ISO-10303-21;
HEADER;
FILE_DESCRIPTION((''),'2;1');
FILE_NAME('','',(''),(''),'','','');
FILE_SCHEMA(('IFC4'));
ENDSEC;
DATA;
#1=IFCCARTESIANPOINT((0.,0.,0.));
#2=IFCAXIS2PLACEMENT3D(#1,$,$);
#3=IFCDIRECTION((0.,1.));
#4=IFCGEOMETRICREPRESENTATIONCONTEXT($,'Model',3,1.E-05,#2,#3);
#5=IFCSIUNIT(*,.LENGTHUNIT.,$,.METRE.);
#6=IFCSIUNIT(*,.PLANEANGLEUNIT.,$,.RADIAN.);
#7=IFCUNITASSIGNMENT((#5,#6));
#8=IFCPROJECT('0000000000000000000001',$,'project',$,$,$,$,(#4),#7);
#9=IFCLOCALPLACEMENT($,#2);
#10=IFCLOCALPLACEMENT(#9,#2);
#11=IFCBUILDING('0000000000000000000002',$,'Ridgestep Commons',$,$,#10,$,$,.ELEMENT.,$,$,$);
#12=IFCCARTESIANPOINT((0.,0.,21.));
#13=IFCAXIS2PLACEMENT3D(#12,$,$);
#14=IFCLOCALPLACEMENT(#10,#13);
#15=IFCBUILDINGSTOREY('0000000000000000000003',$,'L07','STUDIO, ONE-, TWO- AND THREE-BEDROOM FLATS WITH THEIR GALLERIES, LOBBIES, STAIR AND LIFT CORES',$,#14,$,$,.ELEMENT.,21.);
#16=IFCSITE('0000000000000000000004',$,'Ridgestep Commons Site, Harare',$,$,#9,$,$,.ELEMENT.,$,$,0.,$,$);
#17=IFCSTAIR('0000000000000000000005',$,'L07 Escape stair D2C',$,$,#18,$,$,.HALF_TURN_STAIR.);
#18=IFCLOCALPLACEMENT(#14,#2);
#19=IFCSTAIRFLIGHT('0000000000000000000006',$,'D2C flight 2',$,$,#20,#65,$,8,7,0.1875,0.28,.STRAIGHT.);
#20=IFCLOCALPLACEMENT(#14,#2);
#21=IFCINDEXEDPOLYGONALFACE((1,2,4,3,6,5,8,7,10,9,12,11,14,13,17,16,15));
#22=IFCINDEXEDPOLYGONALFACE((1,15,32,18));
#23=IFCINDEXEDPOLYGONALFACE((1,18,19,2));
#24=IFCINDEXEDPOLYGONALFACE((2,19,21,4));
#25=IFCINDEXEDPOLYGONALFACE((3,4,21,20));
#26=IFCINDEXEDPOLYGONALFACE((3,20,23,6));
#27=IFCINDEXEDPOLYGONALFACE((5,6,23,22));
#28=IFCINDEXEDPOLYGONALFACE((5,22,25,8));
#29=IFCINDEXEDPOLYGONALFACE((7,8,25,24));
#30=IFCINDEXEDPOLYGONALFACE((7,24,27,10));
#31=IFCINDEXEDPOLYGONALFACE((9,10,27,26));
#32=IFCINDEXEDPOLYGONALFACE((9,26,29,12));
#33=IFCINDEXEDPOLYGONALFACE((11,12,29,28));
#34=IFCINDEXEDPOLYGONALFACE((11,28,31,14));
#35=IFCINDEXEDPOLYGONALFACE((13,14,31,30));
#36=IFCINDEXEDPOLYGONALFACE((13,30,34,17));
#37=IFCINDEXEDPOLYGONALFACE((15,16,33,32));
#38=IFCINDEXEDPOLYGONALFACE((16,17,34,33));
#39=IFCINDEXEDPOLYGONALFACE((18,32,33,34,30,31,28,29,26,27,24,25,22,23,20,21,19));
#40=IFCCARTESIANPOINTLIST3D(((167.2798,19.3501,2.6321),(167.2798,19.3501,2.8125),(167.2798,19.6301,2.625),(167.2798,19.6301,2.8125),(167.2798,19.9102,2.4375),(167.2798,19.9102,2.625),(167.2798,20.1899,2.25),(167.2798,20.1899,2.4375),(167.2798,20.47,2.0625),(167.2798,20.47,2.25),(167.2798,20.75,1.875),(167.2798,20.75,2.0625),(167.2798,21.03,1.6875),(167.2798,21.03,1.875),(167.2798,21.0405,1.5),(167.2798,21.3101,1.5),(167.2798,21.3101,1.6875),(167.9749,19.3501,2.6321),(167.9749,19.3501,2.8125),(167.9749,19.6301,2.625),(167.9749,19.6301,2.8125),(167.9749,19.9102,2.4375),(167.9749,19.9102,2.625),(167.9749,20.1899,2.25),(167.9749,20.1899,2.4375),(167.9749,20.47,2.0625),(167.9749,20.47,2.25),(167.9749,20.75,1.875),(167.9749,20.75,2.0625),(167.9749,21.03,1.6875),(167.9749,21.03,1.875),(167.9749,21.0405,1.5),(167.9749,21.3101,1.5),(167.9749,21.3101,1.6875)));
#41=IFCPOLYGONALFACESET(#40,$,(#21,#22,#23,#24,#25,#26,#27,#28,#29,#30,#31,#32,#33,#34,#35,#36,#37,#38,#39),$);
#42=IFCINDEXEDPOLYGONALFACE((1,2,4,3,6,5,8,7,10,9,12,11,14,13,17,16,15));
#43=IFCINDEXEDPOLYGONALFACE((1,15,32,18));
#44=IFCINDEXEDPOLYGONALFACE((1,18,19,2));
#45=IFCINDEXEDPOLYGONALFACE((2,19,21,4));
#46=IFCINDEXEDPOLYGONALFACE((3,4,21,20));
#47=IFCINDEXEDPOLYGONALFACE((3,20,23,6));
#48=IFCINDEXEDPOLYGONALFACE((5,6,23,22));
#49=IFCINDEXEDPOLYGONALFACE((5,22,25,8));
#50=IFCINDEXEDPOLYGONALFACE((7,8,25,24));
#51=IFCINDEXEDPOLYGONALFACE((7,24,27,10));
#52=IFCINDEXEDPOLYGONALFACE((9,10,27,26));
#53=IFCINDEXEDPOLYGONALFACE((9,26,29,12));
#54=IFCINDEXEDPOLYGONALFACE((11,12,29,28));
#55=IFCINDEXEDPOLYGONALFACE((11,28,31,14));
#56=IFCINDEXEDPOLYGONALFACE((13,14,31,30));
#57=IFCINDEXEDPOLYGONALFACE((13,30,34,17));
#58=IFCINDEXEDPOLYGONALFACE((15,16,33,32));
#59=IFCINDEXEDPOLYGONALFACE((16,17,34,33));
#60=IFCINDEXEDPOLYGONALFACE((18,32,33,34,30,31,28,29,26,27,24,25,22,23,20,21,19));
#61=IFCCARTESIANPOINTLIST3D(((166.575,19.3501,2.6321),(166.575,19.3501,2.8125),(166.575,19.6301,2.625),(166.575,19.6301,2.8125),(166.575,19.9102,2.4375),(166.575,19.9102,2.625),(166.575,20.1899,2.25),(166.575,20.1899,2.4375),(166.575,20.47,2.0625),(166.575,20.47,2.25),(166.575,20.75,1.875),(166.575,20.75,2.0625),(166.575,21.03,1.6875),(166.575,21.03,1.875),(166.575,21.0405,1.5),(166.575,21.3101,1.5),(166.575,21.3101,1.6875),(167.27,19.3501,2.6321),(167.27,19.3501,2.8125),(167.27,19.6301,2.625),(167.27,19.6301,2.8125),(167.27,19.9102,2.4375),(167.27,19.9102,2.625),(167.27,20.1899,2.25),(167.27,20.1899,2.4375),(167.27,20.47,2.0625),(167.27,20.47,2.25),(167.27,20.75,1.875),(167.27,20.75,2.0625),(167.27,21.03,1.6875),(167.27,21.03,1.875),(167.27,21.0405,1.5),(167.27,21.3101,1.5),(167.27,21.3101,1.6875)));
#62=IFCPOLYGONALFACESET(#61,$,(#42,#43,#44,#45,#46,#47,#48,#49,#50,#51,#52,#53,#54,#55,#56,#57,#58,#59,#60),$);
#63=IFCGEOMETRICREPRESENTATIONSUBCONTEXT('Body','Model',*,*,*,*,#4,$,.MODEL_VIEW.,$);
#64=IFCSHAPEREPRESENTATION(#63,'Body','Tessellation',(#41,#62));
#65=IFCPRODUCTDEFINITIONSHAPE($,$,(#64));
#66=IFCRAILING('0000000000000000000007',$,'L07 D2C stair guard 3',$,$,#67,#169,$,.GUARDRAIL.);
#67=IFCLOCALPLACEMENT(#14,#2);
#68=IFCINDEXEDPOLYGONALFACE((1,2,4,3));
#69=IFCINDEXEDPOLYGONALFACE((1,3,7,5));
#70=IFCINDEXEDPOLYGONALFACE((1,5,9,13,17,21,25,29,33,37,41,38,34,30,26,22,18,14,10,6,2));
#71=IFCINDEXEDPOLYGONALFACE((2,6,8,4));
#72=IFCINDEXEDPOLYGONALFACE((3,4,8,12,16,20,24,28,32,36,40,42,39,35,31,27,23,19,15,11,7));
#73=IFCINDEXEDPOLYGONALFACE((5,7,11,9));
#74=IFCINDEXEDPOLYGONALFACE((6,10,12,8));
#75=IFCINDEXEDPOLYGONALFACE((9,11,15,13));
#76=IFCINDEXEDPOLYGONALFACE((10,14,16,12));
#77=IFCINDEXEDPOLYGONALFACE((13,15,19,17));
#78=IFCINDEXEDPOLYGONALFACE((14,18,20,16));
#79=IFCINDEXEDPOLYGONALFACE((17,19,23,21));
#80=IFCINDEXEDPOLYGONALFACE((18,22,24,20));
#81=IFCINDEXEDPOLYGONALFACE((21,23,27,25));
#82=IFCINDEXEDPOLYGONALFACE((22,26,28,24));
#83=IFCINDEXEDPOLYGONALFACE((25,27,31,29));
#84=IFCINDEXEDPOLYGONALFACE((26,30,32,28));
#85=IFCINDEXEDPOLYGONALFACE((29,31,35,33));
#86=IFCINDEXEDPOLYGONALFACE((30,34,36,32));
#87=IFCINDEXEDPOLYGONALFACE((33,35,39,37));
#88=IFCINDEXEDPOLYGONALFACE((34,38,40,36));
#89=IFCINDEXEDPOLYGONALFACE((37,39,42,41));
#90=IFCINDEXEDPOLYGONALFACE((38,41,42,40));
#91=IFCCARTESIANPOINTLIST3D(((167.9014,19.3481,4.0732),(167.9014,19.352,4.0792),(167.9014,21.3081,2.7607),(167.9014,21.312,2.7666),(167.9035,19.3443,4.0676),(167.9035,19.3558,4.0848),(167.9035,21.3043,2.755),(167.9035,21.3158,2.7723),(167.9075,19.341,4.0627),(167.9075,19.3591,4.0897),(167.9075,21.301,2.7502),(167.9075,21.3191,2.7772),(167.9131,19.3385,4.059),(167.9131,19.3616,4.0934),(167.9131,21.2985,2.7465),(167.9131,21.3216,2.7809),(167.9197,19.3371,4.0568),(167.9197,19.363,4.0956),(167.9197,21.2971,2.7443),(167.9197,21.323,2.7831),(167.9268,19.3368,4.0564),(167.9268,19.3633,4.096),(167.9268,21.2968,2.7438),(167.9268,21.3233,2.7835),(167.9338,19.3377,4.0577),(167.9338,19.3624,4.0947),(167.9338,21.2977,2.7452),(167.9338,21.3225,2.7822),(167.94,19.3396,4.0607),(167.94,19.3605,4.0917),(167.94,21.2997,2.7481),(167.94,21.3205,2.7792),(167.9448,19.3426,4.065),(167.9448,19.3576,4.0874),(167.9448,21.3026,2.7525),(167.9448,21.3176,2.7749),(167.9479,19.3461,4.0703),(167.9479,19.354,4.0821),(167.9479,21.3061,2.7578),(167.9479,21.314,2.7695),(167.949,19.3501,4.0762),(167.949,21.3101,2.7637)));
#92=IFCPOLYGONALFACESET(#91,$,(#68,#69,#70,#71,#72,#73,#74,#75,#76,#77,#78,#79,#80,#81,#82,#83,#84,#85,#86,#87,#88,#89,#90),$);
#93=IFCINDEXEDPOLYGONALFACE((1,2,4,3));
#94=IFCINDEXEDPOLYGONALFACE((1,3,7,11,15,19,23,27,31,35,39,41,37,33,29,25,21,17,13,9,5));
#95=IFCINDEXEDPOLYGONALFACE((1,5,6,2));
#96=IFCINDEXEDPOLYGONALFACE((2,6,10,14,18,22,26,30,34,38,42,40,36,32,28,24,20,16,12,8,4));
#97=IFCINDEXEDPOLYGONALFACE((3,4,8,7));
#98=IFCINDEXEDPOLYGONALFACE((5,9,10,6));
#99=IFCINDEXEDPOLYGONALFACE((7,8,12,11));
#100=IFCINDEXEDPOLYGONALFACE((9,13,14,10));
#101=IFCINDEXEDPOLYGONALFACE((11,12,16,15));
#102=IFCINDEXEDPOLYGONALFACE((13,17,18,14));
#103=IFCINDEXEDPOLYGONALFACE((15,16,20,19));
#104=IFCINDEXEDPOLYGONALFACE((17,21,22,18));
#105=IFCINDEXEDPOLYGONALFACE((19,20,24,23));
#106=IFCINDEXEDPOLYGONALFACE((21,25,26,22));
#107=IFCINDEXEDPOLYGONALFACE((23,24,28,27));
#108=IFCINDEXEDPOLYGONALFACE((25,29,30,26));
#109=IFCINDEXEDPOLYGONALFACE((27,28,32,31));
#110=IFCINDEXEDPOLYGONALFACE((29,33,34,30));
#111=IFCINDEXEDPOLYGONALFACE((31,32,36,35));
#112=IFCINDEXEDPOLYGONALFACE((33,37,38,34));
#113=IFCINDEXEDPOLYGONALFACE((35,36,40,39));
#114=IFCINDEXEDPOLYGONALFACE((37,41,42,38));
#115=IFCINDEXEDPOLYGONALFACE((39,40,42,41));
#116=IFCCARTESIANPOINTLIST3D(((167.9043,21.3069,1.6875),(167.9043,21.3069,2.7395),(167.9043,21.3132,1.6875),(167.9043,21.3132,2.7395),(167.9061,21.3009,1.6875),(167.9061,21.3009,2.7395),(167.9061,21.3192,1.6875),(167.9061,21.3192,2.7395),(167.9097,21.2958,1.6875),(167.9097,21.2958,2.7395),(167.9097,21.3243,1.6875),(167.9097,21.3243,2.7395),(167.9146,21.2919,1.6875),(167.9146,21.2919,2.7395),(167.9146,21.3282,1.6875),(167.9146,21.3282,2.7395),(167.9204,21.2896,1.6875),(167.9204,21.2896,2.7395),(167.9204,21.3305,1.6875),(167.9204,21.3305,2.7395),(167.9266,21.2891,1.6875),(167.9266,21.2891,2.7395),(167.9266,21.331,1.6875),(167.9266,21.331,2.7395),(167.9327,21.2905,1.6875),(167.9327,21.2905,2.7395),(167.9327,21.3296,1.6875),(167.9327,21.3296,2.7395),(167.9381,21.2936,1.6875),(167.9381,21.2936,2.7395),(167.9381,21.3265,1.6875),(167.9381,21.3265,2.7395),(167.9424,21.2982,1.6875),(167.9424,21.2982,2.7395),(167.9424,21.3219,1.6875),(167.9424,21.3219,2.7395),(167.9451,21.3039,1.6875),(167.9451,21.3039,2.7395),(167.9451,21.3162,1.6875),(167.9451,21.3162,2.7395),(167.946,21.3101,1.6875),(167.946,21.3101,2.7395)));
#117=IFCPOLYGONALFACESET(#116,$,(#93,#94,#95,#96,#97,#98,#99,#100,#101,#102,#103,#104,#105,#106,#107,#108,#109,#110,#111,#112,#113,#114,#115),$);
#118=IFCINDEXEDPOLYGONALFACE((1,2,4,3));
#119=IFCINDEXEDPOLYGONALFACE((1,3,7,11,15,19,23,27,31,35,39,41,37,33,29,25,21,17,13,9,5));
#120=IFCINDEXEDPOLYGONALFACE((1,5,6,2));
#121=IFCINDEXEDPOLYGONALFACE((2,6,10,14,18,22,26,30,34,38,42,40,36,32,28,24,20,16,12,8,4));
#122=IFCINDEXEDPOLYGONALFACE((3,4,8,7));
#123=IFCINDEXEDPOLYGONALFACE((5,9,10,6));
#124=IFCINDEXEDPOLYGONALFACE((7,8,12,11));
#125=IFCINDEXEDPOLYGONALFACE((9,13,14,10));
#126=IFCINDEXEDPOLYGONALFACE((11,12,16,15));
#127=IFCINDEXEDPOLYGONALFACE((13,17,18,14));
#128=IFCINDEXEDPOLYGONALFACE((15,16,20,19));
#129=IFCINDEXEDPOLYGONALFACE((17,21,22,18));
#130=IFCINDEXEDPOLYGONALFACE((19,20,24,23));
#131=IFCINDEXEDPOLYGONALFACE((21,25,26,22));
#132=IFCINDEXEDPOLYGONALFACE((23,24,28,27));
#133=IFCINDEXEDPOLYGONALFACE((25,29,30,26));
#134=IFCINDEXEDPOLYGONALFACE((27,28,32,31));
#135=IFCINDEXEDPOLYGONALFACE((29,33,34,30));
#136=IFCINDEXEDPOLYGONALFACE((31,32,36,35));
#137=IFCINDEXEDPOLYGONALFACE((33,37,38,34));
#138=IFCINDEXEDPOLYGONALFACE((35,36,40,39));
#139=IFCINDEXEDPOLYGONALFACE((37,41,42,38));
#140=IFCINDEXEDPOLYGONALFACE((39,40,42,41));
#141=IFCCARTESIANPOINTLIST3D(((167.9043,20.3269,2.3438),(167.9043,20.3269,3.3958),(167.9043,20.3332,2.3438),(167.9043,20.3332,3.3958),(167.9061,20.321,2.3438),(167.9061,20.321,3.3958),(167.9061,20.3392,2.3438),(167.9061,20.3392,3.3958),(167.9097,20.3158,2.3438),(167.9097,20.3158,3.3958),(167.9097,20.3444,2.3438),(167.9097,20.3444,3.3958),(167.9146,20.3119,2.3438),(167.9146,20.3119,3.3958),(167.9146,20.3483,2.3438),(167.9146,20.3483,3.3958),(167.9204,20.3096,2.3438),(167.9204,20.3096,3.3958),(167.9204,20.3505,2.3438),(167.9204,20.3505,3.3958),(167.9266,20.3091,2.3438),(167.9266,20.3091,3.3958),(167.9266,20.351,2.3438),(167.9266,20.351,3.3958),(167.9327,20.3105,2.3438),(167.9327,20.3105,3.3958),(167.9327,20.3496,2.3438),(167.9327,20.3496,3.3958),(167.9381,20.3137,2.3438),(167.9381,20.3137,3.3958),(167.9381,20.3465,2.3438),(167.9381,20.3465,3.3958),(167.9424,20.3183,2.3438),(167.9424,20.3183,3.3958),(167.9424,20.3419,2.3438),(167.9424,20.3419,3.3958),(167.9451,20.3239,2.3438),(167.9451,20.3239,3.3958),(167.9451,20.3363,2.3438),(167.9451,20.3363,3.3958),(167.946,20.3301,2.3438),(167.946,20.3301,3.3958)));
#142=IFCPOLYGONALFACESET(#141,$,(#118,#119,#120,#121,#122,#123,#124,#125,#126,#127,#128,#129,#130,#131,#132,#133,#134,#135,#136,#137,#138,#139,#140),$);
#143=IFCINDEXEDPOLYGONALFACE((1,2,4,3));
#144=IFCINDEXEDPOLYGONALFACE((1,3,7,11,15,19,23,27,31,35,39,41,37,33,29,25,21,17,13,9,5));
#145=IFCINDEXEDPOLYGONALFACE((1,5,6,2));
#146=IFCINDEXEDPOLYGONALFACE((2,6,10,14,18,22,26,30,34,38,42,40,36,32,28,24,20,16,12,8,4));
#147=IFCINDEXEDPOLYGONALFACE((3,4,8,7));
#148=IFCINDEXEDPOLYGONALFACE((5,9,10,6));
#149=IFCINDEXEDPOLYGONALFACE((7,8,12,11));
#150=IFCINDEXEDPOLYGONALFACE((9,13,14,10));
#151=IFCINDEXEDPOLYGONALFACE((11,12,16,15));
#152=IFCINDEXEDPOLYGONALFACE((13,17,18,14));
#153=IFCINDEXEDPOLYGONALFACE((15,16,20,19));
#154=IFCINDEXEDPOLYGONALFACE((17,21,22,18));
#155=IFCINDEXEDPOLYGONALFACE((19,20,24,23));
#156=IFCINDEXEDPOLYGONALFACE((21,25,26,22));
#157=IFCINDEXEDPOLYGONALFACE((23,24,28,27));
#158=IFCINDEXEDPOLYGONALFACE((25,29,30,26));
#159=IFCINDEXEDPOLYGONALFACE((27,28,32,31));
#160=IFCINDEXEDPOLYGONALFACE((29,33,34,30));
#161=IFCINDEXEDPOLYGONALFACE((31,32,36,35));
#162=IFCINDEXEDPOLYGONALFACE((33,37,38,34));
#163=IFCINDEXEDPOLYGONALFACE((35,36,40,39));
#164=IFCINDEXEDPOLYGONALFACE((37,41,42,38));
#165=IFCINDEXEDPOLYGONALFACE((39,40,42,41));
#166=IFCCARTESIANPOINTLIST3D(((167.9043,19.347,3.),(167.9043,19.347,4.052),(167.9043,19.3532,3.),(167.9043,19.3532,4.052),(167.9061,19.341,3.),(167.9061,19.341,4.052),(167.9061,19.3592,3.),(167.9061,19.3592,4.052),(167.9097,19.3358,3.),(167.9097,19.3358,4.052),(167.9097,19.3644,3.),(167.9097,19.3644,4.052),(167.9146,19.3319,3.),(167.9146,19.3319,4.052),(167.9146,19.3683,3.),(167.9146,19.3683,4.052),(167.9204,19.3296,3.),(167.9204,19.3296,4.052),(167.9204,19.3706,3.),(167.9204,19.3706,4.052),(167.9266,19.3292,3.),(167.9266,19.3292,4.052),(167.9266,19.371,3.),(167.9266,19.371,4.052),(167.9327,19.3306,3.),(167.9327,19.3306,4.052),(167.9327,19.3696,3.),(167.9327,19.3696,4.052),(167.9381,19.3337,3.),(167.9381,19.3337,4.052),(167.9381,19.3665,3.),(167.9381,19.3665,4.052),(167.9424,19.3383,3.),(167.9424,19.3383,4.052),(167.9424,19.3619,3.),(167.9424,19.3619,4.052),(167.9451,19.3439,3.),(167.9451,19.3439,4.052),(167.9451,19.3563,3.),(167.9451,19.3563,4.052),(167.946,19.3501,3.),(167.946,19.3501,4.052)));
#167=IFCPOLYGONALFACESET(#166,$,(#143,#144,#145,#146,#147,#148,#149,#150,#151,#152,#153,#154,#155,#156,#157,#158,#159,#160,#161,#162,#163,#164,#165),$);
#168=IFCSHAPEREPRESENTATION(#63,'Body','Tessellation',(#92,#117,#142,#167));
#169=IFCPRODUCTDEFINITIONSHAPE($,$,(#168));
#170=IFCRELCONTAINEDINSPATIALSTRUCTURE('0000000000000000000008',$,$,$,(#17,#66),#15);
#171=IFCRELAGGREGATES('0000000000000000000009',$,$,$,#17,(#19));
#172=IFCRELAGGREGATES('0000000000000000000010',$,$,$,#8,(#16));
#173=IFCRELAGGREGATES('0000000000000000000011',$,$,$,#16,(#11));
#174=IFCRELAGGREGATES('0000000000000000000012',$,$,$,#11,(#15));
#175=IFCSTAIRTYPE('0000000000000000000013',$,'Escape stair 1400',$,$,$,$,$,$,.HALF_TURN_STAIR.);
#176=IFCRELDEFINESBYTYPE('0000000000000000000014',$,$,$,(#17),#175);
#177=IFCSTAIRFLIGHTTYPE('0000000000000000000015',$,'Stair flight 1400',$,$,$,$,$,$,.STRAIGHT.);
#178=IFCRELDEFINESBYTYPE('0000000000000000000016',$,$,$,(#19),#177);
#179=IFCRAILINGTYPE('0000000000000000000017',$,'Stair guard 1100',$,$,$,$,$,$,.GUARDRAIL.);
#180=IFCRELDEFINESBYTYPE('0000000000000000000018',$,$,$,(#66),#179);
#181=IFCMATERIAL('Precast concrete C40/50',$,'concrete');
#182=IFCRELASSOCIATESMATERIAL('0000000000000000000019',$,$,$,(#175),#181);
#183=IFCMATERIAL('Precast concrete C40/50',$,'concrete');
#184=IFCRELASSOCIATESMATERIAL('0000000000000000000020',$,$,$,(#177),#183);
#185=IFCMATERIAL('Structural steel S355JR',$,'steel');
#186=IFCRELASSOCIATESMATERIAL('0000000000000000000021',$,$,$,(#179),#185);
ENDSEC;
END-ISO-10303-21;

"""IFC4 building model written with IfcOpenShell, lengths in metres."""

from ifc_helpers import new_model, si_unit, direction, frame, origin, origin_2d, place, context, subcontext, project, spatial, polyline, circle, outline, extrude, material, type_object, element, aggregate, save


model = new_model("IFC4")

# Units and contexts
model_context = context("Model", 3, precision=1e-05, world=origin(), true_north=direction((0.0, 1.0)))
body_context = subcontext(model_context, "Body", "Model", "MODEL_VIEW")
ifc_project = project(units=[si_unit("LENGTHUNIT", "METRE"), si_unit("PLANEANGLEUNIT", "RADIAN")], contexts=[model_context])

# Site, building, storey
site_placement = place(None, origin())
site = spatial("IfcSite", under=ifc_project, at=site_placement, Name="Ridgestep Commons Site, Harare", CompositionType="ELEMENT", RefElevation=0.0)
building_placement = place(site_placement, origin())
building = spatial("IfcBuilding", under=site, at=building_placement, Name="Ridgestep Commons", CompositionType="ELEMENT")
storey_placement = place(building_placement, frame((0.0, 0.0, 21.0)))
storey = spatial("IfcBuildingStorey", under=building, at=storey_placement, Name="L07", Description="STUDIO, ONE-, TWO- AND THREE-BEDROOM FLATS WITH THEIR GALLERIES, LOBBIES, STAIR AND LIFT CORES", CompositionType="ELEMENT", Elevation=21.0)

# Stair, stair flight
ifc_material_1 = material(Name="Precast concrete C40/50", Category="concrete")
stair_type = type_object("IfcStairType", Name="Escape stair 1400", PredefinedType="HALF_TURN_STAIR", material=ifc_material_1)
stair_placement = place(storey_placement, origin())
stair = element("IfcStair", 1, at=stair_placement, inside=storey, type_object=stair_type, Name="L07 Escape stair D2C", PredefinedType="HALF_TURN_STAIR")
ifc_material_2 = material(Name="Precast concrete C40/50", Category="concrete")
stair_flight_type = type_object("IfcStairFlightType", Name="Stair flight 1400", PredefinedType="STRAIGHT", material=ifc_material_2)
stair_flight_placement = place(storey_placement, frame((167.2749, 21.3101, 1.5), z_axis=(0.0, 0.0, 1.0), x_axis=(0.0, -1.0, 0.0)))
stair_flight = element("IfcStairFlight", 2, at=stair_flight_placement, type_object=stair_flight_type, Name="D2C flight 2", NumberOfRisers=8, NumberOfTreads=7, PredefinedType="STRAIGHT", RiserHeight=0.1875, TreadLength=0.28, context=body_context, shape_type="SweptSolid", body=[
    extrude(outline(polyline([(0.0, 0.0), (0.0, 0.1875), (0.28, 0.1875), (0.28, 0.375), (0.5601, 0.375), (0.5601, 0.5625), (0.8401, 0.5625), (0.8401, 0.75), (1.1201, 0.75), (1.1201, 0.9375), (1.3999, 0.9375), (1.3999, 1.125), (1.6799, 1.125), (1.6799, 1.3125), (1.96, 1.3125), (1.96, 1.5), (1.96, 1.1321), (0.2695, 0.0), (0.0, 0.0)])), frame((0.0, 0.7, 0.0), z_axis=(0.0, -1.0, 0.0), x_axis=(1.0, 0.0, 0.0)), (0.0, 0.0, 1.0), 0.6951),
    extrude(outline(polyline([(0.0, 0.0), (0.0, 0.1875), (0.28, 0.1875), (0.28, 0.375), (0.5601, 0.375), (0.5601, 0.5625), (0.8401, 0.5625), (0.8401, 0.75), (1.1201, 0.75), (1.1201, 0.9375), (1.3999, 0.9375), (1.3999, 1.125), (1.6799, 1.125), (1.6799, 1.3125), (1.96, 1.3125), (1.96, 1.5), (1.96, 1.1321), (0.2695, 0.0), (0.0, 0.0)])), frame((0.0, -0.0049, 0.0), z_axis=(0.0, -1.0, 0.0), x_axis=(1.0, 0.0, 0.0)), (0.0, 0.0, 1.0), 0.6951),
])
aggregate(stair, [stair_flight])

# Railing
ifc_material_3 = material(Name="Structural steel S355JR", Category="steel")
railing_type_1 = type_object("IfcRailingType", Name="Stair guard 1100", PredefinedType="GUARDRAIL", material=ifc_material_3)
railing_1_placement = place(storey_placement, frame((167.925, 21.3101, 1.6875)))
element("IfcRailing", 3, at=railing_1_placement, inside=storey, type_object=railing_type_1, Name="L07 D2C stair guard 3", PredefinedType="GUARDRAIL", context=body_context, shape_type="SweptSolid", body=[
    extrude(circle(Radius=0.0239, at=origin_2d()), frame((0.0, 0.0, 1.0762), z_axis=(0.0, -0.830902, 0.556419), x_axis=(1.0, 0.0, 0.0)), (0.0, 0.0, 1.0), 2.3589),
    extrude(circle(Radius=0.021, at=origin_2d()), origin(), (0.0, 0.0, 1.0), 1.052),
    extrude(circle(Radius=0.021, at=origin_2d()), frame((0.0, -0.98, 0.6562)), (0.0, 0.0, 1.0), 1.052),
    extrude(circle(Radius=0.021, at=origin_2d()), frame((0.0, -1.96, 1.3125)), (0.0, 0.0, 1.0), 1.052),
])

save(model, "model.ifc")
